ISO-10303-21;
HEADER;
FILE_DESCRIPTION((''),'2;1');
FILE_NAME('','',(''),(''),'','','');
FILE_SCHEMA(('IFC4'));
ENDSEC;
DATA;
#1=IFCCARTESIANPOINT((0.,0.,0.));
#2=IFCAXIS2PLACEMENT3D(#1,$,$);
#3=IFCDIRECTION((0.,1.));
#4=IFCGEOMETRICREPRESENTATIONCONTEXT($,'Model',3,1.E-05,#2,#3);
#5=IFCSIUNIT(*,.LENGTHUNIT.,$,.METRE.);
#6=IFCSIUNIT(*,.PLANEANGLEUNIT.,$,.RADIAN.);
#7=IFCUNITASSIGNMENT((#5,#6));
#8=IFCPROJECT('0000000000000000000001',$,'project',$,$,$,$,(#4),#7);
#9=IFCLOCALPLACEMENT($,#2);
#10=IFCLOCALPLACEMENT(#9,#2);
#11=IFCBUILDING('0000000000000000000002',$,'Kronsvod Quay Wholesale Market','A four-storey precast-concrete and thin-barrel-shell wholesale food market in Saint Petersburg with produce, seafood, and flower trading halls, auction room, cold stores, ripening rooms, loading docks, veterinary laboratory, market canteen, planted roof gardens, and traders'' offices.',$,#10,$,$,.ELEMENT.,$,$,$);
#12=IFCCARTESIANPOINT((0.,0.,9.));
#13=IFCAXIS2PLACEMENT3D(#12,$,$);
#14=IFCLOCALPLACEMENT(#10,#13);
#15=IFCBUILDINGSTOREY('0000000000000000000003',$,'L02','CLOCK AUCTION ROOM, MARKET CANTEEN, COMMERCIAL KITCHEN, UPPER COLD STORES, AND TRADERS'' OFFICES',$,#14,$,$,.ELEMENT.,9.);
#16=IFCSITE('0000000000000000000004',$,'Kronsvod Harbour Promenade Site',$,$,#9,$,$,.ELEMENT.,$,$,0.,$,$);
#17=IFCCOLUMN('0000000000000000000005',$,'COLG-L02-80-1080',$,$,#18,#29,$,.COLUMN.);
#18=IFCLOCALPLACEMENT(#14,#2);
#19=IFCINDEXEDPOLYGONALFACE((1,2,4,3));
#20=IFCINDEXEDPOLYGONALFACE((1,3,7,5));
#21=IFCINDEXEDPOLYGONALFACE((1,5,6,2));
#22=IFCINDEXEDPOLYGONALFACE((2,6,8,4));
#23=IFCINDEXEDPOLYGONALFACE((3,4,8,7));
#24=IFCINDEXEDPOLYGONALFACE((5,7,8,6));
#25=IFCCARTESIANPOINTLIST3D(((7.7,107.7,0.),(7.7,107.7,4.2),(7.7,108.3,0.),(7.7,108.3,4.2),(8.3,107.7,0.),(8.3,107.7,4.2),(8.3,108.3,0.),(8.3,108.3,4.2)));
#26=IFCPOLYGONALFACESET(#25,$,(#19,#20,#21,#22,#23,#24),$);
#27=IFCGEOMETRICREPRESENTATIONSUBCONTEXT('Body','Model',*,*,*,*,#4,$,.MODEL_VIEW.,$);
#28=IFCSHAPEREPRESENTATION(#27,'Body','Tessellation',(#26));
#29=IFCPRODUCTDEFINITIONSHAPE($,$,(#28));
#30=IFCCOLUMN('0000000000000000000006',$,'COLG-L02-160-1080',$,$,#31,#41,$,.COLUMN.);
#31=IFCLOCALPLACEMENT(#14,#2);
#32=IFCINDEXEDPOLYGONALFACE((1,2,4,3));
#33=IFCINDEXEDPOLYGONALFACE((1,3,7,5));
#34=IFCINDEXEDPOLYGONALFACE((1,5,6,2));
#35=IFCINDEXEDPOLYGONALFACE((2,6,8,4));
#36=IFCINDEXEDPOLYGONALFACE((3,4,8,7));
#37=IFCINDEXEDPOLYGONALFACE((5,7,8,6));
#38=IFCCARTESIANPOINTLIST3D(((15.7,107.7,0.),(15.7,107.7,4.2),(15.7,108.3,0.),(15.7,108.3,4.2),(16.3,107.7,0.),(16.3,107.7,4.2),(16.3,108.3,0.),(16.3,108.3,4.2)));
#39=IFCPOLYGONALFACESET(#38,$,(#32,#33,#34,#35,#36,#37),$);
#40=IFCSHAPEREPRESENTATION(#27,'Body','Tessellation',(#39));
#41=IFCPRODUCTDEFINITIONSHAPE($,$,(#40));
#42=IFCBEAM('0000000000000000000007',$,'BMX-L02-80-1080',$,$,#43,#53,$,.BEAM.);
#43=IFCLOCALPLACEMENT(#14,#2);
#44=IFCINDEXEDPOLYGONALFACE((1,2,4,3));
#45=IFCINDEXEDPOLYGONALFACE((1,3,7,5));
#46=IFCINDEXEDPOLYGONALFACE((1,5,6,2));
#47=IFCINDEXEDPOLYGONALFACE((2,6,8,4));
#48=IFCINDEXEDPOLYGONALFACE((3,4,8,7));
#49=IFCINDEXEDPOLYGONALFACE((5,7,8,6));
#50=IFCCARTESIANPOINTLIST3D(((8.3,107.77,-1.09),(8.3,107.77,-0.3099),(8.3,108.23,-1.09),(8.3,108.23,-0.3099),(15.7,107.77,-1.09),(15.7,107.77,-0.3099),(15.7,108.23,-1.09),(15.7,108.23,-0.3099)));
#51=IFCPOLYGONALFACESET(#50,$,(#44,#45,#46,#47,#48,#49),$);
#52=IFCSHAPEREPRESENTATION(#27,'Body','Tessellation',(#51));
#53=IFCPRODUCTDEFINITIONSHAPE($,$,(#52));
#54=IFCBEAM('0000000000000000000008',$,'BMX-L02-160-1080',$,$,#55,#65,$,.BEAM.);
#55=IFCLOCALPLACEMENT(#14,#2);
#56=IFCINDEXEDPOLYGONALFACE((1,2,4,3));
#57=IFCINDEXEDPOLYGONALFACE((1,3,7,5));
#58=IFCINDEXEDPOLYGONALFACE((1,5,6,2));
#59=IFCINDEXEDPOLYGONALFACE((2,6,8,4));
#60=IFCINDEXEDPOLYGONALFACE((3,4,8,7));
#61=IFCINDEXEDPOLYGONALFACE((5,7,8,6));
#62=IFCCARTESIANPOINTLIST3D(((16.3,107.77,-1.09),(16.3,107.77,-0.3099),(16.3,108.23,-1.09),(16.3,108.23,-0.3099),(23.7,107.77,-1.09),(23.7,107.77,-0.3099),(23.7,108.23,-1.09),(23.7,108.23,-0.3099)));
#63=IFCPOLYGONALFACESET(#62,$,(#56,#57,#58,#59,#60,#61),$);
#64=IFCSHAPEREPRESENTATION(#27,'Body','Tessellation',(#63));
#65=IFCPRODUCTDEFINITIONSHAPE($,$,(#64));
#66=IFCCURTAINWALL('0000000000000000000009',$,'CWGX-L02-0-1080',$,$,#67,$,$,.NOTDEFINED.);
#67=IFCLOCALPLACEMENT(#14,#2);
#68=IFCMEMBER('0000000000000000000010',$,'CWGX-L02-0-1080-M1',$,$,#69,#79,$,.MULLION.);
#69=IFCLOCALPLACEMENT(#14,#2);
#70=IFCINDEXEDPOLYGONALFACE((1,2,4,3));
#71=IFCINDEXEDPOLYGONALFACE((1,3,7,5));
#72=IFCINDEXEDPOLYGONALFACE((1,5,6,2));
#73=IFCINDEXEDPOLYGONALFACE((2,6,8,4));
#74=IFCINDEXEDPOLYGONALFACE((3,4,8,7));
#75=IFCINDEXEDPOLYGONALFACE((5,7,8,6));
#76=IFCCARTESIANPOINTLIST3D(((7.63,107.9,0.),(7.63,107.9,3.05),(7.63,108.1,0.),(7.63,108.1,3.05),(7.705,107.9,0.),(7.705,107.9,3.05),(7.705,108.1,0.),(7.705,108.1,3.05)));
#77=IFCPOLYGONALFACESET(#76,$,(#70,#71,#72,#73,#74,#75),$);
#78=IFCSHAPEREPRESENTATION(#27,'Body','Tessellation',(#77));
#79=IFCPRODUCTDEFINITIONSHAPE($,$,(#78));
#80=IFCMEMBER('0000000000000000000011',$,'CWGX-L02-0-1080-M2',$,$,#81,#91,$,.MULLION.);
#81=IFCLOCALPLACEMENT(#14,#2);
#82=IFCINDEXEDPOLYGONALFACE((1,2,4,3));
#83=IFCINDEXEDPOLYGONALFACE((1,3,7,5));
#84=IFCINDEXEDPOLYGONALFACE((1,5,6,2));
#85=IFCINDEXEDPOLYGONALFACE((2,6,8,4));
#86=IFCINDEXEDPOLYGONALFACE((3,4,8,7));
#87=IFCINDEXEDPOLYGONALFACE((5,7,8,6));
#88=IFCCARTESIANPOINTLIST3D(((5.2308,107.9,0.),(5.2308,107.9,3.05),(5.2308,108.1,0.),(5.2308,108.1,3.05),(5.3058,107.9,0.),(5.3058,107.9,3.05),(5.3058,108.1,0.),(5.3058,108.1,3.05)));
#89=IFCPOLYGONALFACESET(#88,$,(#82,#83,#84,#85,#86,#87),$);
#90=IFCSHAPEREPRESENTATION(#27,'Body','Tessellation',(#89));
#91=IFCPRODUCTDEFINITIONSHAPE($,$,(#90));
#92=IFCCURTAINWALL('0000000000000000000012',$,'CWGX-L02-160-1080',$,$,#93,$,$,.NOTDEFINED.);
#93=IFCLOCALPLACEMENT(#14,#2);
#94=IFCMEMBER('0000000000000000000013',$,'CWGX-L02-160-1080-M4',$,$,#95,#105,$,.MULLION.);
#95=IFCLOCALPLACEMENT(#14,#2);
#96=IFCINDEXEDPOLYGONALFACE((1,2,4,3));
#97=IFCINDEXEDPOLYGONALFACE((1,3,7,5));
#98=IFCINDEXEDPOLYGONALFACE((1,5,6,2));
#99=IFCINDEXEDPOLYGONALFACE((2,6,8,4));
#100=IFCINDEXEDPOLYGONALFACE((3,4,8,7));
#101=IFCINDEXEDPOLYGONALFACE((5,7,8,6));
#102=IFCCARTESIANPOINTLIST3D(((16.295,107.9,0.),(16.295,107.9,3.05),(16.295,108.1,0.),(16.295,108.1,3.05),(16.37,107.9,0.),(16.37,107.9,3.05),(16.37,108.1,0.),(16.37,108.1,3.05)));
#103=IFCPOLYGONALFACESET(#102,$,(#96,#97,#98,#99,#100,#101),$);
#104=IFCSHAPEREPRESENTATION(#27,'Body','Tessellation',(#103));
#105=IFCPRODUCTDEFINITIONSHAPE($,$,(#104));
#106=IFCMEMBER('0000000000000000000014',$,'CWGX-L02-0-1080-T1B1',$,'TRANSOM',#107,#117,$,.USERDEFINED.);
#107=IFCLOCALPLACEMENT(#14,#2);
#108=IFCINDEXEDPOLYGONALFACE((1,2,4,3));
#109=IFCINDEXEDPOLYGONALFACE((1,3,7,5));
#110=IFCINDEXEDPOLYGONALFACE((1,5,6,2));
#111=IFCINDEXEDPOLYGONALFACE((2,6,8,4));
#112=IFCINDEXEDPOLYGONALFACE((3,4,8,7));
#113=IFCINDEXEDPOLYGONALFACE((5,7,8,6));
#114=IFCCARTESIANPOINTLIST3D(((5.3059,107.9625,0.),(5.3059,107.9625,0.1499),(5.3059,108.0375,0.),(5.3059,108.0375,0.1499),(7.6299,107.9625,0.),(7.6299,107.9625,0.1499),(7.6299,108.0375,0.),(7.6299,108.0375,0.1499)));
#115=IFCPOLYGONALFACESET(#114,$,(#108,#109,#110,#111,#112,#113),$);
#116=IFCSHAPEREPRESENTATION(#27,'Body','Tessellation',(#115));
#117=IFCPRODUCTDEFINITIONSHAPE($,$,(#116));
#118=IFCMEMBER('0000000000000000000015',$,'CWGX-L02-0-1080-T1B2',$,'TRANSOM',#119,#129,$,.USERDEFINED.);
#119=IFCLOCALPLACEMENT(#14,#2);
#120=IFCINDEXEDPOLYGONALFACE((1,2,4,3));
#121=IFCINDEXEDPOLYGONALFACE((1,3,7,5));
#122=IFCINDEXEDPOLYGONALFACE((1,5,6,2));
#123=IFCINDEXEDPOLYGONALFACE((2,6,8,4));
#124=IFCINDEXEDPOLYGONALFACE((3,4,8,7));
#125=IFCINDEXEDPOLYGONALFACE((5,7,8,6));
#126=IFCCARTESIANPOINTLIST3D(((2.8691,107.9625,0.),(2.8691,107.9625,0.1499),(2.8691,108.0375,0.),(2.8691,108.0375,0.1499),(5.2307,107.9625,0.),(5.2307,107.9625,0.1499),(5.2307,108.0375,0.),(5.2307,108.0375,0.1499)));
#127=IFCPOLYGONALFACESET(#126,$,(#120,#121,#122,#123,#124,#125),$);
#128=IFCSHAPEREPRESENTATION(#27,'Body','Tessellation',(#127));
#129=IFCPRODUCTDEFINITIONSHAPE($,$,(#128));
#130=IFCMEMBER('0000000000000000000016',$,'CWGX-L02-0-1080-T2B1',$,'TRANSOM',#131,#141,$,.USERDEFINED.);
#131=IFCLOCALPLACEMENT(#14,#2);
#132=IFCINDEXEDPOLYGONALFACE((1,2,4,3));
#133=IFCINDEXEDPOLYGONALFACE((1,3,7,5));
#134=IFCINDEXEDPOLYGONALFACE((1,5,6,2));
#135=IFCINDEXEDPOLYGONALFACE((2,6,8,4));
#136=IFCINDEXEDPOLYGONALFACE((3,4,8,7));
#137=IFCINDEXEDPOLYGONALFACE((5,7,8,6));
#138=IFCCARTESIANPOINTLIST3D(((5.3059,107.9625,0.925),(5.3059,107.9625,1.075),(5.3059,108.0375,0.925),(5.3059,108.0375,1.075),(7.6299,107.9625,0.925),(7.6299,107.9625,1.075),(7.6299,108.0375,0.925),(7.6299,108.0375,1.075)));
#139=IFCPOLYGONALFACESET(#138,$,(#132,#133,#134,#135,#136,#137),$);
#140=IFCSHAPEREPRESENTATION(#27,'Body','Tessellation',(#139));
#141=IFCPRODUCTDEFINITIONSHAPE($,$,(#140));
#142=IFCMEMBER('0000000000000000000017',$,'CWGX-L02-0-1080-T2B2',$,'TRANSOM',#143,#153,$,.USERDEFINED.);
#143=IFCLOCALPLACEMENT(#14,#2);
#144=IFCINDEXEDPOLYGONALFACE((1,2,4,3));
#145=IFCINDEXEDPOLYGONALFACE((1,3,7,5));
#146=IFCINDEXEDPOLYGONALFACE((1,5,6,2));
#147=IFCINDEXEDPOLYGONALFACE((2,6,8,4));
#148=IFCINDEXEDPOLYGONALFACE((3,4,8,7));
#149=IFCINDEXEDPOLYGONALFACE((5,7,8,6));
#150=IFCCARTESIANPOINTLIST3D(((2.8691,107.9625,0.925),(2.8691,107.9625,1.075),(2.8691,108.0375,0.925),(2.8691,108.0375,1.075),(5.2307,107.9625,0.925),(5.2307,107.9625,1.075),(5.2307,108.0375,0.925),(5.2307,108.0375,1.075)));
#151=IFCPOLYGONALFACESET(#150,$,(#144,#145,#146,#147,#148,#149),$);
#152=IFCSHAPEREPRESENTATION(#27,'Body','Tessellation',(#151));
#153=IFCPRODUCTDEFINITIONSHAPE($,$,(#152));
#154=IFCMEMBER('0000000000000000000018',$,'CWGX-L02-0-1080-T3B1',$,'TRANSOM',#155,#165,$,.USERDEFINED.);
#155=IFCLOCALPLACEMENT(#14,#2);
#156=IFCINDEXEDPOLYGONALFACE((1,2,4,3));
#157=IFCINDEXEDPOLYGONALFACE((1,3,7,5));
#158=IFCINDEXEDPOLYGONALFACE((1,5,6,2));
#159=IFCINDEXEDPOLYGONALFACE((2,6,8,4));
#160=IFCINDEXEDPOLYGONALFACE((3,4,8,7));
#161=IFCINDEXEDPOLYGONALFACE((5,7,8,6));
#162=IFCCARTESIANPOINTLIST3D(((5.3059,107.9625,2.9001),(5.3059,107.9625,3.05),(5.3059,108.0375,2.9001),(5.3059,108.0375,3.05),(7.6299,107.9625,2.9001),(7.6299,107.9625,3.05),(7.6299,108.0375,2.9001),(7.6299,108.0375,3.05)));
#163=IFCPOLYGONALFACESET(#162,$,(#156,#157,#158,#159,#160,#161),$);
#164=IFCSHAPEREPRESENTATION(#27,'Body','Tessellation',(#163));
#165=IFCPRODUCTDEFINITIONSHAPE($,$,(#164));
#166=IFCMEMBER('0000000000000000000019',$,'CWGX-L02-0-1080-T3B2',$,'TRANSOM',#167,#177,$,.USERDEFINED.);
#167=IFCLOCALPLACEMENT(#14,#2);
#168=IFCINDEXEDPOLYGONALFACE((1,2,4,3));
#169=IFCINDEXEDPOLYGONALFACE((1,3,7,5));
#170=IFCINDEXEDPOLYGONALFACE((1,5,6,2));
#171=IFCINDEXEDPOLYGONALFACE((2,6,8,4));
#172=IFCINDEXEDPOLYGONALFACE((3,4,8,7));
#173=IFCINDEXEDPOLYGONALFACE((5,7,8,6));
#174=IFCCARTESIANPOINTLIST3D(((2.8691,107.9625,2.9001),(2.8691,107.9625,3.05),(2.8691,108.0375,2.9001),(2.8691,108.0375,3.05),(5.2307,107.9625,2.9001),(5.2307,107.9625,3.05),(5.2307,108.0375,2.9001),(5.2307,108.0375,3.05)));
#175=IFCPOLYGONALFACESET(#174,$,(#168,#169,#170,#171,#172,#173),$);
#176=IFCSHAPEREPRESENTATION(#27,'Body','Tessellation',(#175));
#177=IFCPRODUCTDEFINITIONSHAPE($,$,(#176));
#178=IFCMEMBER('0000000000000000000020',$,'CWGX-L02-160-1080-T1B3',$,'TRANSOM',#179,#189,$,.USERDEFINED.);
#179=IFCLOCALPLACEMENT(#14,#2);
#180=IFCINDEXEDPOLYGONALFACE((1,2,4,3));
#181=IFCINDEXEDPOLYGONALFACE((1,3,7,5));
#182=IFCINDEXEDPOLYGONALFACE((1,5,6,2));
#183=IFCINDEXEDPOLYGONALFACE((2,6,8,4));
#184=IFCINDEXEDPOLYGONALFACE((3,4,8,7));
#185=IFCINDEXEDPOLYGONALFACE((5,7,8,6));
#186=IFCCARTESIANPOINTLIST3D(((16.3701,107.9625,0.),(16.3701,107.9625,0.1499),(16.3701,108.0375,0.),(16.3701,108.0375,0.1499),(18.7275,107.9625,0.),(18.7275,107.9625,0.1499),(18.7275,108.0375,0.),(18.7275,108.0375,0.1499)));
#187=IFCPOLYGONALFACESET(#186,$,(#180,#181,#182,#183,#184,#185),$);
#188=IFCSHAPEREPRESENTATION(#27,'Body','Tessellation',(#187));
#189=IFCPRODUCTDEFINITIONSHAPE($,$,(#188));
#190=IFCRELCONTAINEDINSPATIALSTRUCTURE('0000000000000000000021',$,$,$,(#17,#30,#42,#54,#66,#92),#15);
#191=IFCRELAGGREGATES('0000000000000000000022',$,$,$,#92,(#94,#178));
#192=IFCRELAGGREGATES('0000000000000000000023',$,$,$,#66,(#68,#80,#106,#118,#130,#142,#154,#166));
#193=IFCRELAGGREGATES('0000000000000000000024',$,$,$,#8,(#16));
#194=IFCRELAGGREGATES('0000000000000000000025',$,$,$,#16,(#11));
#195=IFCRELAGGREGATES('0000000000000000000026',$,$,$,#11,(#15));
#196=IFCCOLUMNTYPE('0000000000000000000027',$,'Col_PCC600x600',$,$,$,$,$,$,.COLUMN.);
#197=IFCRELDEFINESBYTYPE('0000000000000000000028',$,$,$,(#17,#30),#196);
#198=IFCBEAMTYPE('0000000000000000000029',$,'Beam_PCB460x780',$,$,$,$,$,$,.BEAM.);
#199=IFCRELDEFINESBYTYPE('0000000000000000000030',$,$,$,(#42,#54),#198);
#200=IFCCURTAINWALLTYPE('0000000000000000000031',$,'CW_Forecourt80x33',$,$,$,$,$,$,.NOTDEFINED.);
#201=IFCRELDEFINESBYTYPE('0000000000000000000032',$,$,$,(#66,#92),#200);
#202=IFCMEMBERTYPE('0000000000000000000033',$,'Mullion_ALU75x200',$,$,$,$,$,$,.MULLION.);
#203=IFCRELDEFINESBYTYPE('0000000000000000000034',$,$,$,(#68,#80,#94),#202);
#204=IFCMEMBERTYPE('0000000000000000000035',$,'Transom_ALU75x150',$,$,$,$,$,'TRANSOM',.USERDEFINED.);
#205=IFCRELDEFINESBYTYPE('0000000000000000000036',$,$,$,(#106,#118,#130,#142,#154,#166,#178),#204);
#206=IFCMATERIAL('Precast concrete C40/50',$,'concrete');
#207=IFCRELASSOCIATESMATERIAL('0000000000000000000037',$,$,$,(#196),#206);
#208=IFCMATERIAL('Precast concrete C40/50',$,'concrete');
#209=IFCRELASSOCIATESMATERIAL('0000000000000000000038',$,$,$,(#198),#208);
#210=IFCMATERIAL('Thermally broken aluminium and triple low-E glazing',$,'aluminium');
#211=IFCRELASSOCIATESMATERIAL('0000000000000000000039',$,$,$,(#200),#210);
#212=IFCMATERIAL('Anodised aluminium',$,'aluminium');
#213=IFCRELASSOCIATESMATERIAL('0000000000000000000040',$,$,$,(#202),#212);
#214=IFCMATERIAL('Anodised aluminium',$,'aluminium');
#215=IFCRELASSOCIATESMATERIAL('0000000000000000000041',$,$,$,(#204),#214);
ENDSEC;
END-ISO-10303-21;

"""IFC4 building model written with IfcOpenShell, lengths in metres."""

from ifc_helpers import new_model, si_unit, direction, frame, origin, origin_2d, place, context, subcontext, project, spatial, rectangle, extrude, material, material_profile, profile_set, type_object, element, aggregate, save


model = new_model("IFC4")

# Units and contexts
model_context = context("Model", 3, precision=1e-05, world=origin(), true_north=direction((0.0, 1.0)))
body_context = subcontext(model_context, "Body", "Model", "MODEL_VIEW")
ifc_project = project(units=[si_unit("LENGTHUNIT", "METRE"), si_unit("PLANEANGLEUNIT", "RADIAN")], contexts=[model_context])

# Site, building, storey
site_placement = place(None, origin())
site = spatial("IfcSite", under=ifc_project, at=site_placement, Name="Kronsvod Harbour Promenade Site", CompositionType="ELEMENT", RefElevation=0.0)
building_placement = place(site_placement, origin())
building = spatial("IfcBuilding", under=site, at=building_placement, Name="Kronsvod Quay Wholesale Market", Description="A four-storey precast-concrete and thin-barrel-shell wholesale food market in Saint Petersburg with produce, seafood, and flower trading halls, auction room, cold stores, ripening rooms, loading docks, veterinary laboratory, market canteen, planted roof gardens, and traders' offices.", CompositionType="ELEMENT")
storey_placement = place(building_placement, frame((0.0, 0.0, 9.0)))
storey = spatial("IfcBuildingStorey", under=building, at=storey_placement, Name="L02", Description="CLOCK AUCTION ROOM, MARKET CANTEEN, COMMERCIAL KITCHEN, UPPER COLD STORES, AND TRADERS' OFFICES", CompositionType="ELEMENT", Elevation=9.0)

# Columns
ifc_material_1 = material(Name="Precast concrete C40/50", Category="concrete")
ifc_material_profile_1 = material_profile(ifc_material_1, rectangle(XDim=0.6001, YDim=0.6001, at=origin_2d()), Name="PCC600x600")
ifc_profile_set_1 = profile_set([ifc_material_profile_1], Name="Precast concrete C40/50")
column_type = type_object("IfcColumnType", Name="Col_PCC600x600", PredefinedType="COLUMN", material=ifc_profile_set_1)
for number, where, z_axis, x_axis, name in (
    (1, (8.0, 108.0, 0.0), (0.0, 0.0, 1.0), (1.0, 0.0, 0.0), "COLG-L02-80-1080"),
    (2, (16.0, 108.0, 0.0), (0.0, 0.0, 1.0), (1.0, 0.0, 0.0), "COLG-L02-160-1080"),
):
    element("IfcColumn", number, at=place(storey_placement, frame(where, z_axis=z_axis, x_axis=x_axis)), inside=storey, type_object=column_type, Name=name, PredefinedType="COLUMN", context=body_context, shape_type="SweptSolid", body=[
        extrude(rectangle(XDim=0.6001, YDim=0.6001, at=origin_2d()), origin(), (0.0, 0.0, 1.0), 4.2),
    ])

# Beams
ifc_material_2 = material(Name="Precast concrete C40/50", Category="concrete")
ifc_material_profile_2 = material_profile(ifc_material_2, rectangle(XDim=0.46, YDim=0.78, at=origin_2d()), Name="PB-03")
ifc_profile_set_2 = profile_set([ifc_material_profile_2], Name="Precast concrete C40/50")
beam_type = type_object("IfcBeamType", Name="Beam_PCB460x780", PredefinedType="BEAM", material=ifc_profile_set_2)
for number, where, z_axis, x_axis, name in (
    (3, (8.3, 108.0, -0.7), (1.0, 0.0, 0.0), (0.0, 1.0, 0.0), "BMX-L02-80-1080"),
    (4, (16.3, 108.0, -0.7), (1.0, 0.0, 0.0), (0.0, 1.0, 0.0), "BMX-L02-160-1080"),
):
    element("IfcBeam", number, at=place(storey_placement, frame(where, z_axis=z_axis, x_axis=x_axis)), inside=storey, type_object=beam_type, Name=name, PredefinedType="BEAM", context=body_context, shape_type="SweptSolid", body=[
        extrude(rectangle(XDim=0.46, YDim=0.78, at=origin_2d()), origin(), (0.0, 0.0, 1.0), 7.3999),
    ])

# Curtain wall, members
ifc_material_3 = material(Name="Thermally broken aluminium and triple low-E glazing", Category="aluminium")
curtain_wall_type = type_object("IfcCurtainWallType", Name="CW_Forecourt80x33", PredefinedType="NOTDEFINED", material=ifc_material_3)
curtain_wall_1_placement = place(storey_placement, origin())
curtain_wall_1 = element("IfcCurtainWall", 5, at=curtain_wall_1_placement, inside=storey, type_object=curtain_wall_type, Name="CWGX-L02-0-1080", PredefinedType="NOTDEFINED")
ifc_material_4 = material(Name="Anodised aluminium", Category="aluminium")
ifc_material_profile_3 = material_profile(ifc_material_4, rectangle(XDim=0.075, YDim=0.2, at=origin_2d()), Name="ALUM75x200")
ifc_profile_set_3 = profile_set([ifc_material_profile_3], Name="Anodised aluminium")
member_type_1 = type_object("IfcMemberType", Name="Mullion_ALU75x200", PredefinedType="MULLION", material=ifc_profile_set_3)
member_1_placement = place(storey_placement, frame((7.6675, 108.0, 0.0), z_axis=(0.0, 0.0, 1.0), x_axis=(1.0, 0.0, 0.0)))
member_1 = element("IfcMember", 6, at=member_1_placement, type_object=member_type_1, Name="CWGX-L02-0-1080-M1", PredefinedType="MULLION", context=body_context, shape_type="SweptSolid", body=[
    extrude(rectangle(XDim=0.075, YDim=0.2, at=origin_2d()), origin(), (0.0, 0.0, 1.0), 3.05),
])
member_2_placement = place(storey_placement, frame((5.2683, 108.0, 0.0), z_axis=(0.0, 0.0, 1.0), x_axis=(1.0, 0.0, 0.0)))
member_2 = element("IfcMember", 7, at=member_2_placement, type_object=member_type_1, Name="CWGX-L02-0-1080-M2", PredefinedType="MULLION", context=body_context, shape_type="SweptSolid", body=[
    extrude(rectangle(XDim=0.075, YDim=0.2, at=origin_2d()), origin(), (0.0, 0.0, 1.0), 3.05),
])

# Curtain wall, member
curtain_wall_2_placement = place(storey_placement, origin())
curtain_wall_2 = element("IfcCurtainWall", 8, at=curtain_wall_2_placement, inside=storey, type_object=curtain_wall_type, Name="CWGX-L02-160-1080", PredefinedType="NOTDEFINED")
member_3_placement = place(storey_placement, frame((16.3325, 108.0, 0.0), z_axis=(0.0, 0.0, 1.0), x_axis=(1.0, 0.0, 0.0)))
member_3 = element("IfcMember", 9, at=member_3_placement, type_object=member_type_1, Name="CWGX-L02-160-1080-M4", PredefinedType="MULLION", context=body_context, shape_type="SweptSolid", body=[
    extrude(rectangle(XDim=0.075, YDim=0.2, at=origin_2d()), origin(), (0.0, 0.0, 1.0), 3.05),
])

# Members
ifc_material_5 = material(Name="Anodised aluminium", Category="aluminium")
ifc_material_profile_4 = material_profile(ifc_material_5, rectangle(XDim=0.075, YDim=0.1499, at=origin_2d()), Name="ALUT75x150")
ifc_profile_set_4 = profile_set([ifc_material_profile_4], Name="Anodised aluminium")
member_type_2 = type_object("IfcMemberType", Name="Transom_ALU75x150", ElementType="TRANSOM", PredefinedType="USERDEFINED", material=ifc_profile_set_4)
member_4_placement = place(storey_placement, frame((7.6299, 108.0, 0.075), z_axis=(-1.0, 0.0, 0.0), x_axis=(0.0, -1.0, 0.0)))
member_4 = element("IfcMember", 10, at=member_4_placement, type_object=member_type_2, Name="CWGX-L02-0-1080-T1B1", ObjectType="TRANSOM", PredefinedType="USERDEFINED", context=body_context, shape_type="SweptSolid", body=[
    extrude(rectangle(XDim=0.075, YDim=0.1499, at=origin_2d()), origin(), (0.0, 0.0, 1.0), 2.324),
])
member_5_placement = place(storey_placement, frame((5.2307, 108.0, 0.075), z_axis=(-1.0, 0.0, 0.0), x_axis=(0.0, -1.0, 0.0)))
member_5 = element("IfcMember", 11, at=member_5_placement, type_object=member_type_2, Name="CWGX-L02-0-1080-T1B2", ObjectType="TRANSOM", PredefinedType="USERDEFINED", context=body_context, shape_type="SweptSolid", body=[
    extrude(rectangle(XDim=0.075, YDim=0.1499, at=origin_2d()), origin(), (0.0, 0.0, 1.0), 2.3616),
])
member_6_placement = place(storey_placement, frame((7.6299, 108.0, 1.0), z_axis=(-1.0, 0.0, 0.0), x_axis=(0.0, -1.0, 0.0)))
member_6 = element("IfcMember", 12, at=member_6_placement, type_object=member_type_2, Name="CWGX-L02-0-1080-T2B1", ObjectType="TRANSOM", PredefinedType="USERDEFINED", context=body_context, shape_type="SweptSolid", body=[
    extrude(rectangle(XDim=0.075, YDim=0.1499, at=origin_2d()), origin(), (0.0, 0.0, 1.0), 2.324),
])
member_7_placement = place(storey_placement, frame((5.2307, 108.0, 1.0), z_axis=(-1.0, 0.0, 0.0), x_axis=(0.0, -1.0, 0.0)))
member_7 = element("IfcMember", 13, at=member_7_placement, type_object=member_type_2, Name="CWGX-L02-0-1080-T2B2", ObjectType="TRANSOM", PredefinedType="USERDEFINED", context=body_context, shape_type="SweptSolid", body=[
    extrude(rectangle(XDim=0.075, YDim=0.1499, at=origin_2d()), origin(), (0.0, 0.0, 1.0), 2.3616),
])
member_8_placement = place(storey_placement, frame((7.6299, 108.0, 2.9751), z_axis=(-1.0, 0.0, 0.0), x_axis=(0.0, -1.0, 0.0)))
member_8 = element("IfcMember", 14, at=member_8_placement, type_object=member_type_2, Name="CWGX-L02-0-1080-T3B1", ObjectType="TRANSOM", PredefinedType="USERDEFINED", context=body_context, shape_type="SweptSolid", body=[
    extrude(rectangle(XDim=0.075, YDim=0.1499, at=origin_2d()), origin(), (0.0, 0.0, 1.0), 2.324),
])
member_9_placement = place(storey_placement, frame((5.2307, 108.0, 2.9751), z_axis=(-1.0, 0.0, 0.0), x_axis=(0.0, -1.0, 0.0)))
member_9 = element("IfcMember", 15, at=member_9_placement, type_object=member_type_2, Name="CWGX-L02-0-1080-T3B2", ObjectType="TRANSOM", PredefinedType="USERDEFINED", context=body_context, shape_type="SweptSolid", body=[
    extrude(rectangle(XDim=0.075, YDim=0.1499, at=origin_2d()), origin(), (0.0, 0.0, 1.0), 2.3616),
])
member_10_placement = place(storey_placement, frame((18.7275, 108.0, 0.075), z_axis=(-1.0, 0.0, 0.0), x_axis=(0.0, -1.0, 0.0)))
member_10 = element("IfcMember", 16, at=member_10_placement, type_object=member_type_2, Name="CWGX-L02-160-1080-T1B3", ObjectType="TRANSOM", PredefinedType="USERDEFINED", context=body_context, shape_type="SweptSolid", body=[
    extrude(rectangle(XDim=0.075, YDim=0.1499, at=origin_2d()), origin(), (0.0, 0.0, 1.0), 2.3574),
])

aggregate(curtain_wall_2, [member_3, member_10])
aggregate(curtain_wall_1, [member_1, member_2, member_4, member_5, member_6, member_7, member_8, member_9])

save(model, "model.ifc")
